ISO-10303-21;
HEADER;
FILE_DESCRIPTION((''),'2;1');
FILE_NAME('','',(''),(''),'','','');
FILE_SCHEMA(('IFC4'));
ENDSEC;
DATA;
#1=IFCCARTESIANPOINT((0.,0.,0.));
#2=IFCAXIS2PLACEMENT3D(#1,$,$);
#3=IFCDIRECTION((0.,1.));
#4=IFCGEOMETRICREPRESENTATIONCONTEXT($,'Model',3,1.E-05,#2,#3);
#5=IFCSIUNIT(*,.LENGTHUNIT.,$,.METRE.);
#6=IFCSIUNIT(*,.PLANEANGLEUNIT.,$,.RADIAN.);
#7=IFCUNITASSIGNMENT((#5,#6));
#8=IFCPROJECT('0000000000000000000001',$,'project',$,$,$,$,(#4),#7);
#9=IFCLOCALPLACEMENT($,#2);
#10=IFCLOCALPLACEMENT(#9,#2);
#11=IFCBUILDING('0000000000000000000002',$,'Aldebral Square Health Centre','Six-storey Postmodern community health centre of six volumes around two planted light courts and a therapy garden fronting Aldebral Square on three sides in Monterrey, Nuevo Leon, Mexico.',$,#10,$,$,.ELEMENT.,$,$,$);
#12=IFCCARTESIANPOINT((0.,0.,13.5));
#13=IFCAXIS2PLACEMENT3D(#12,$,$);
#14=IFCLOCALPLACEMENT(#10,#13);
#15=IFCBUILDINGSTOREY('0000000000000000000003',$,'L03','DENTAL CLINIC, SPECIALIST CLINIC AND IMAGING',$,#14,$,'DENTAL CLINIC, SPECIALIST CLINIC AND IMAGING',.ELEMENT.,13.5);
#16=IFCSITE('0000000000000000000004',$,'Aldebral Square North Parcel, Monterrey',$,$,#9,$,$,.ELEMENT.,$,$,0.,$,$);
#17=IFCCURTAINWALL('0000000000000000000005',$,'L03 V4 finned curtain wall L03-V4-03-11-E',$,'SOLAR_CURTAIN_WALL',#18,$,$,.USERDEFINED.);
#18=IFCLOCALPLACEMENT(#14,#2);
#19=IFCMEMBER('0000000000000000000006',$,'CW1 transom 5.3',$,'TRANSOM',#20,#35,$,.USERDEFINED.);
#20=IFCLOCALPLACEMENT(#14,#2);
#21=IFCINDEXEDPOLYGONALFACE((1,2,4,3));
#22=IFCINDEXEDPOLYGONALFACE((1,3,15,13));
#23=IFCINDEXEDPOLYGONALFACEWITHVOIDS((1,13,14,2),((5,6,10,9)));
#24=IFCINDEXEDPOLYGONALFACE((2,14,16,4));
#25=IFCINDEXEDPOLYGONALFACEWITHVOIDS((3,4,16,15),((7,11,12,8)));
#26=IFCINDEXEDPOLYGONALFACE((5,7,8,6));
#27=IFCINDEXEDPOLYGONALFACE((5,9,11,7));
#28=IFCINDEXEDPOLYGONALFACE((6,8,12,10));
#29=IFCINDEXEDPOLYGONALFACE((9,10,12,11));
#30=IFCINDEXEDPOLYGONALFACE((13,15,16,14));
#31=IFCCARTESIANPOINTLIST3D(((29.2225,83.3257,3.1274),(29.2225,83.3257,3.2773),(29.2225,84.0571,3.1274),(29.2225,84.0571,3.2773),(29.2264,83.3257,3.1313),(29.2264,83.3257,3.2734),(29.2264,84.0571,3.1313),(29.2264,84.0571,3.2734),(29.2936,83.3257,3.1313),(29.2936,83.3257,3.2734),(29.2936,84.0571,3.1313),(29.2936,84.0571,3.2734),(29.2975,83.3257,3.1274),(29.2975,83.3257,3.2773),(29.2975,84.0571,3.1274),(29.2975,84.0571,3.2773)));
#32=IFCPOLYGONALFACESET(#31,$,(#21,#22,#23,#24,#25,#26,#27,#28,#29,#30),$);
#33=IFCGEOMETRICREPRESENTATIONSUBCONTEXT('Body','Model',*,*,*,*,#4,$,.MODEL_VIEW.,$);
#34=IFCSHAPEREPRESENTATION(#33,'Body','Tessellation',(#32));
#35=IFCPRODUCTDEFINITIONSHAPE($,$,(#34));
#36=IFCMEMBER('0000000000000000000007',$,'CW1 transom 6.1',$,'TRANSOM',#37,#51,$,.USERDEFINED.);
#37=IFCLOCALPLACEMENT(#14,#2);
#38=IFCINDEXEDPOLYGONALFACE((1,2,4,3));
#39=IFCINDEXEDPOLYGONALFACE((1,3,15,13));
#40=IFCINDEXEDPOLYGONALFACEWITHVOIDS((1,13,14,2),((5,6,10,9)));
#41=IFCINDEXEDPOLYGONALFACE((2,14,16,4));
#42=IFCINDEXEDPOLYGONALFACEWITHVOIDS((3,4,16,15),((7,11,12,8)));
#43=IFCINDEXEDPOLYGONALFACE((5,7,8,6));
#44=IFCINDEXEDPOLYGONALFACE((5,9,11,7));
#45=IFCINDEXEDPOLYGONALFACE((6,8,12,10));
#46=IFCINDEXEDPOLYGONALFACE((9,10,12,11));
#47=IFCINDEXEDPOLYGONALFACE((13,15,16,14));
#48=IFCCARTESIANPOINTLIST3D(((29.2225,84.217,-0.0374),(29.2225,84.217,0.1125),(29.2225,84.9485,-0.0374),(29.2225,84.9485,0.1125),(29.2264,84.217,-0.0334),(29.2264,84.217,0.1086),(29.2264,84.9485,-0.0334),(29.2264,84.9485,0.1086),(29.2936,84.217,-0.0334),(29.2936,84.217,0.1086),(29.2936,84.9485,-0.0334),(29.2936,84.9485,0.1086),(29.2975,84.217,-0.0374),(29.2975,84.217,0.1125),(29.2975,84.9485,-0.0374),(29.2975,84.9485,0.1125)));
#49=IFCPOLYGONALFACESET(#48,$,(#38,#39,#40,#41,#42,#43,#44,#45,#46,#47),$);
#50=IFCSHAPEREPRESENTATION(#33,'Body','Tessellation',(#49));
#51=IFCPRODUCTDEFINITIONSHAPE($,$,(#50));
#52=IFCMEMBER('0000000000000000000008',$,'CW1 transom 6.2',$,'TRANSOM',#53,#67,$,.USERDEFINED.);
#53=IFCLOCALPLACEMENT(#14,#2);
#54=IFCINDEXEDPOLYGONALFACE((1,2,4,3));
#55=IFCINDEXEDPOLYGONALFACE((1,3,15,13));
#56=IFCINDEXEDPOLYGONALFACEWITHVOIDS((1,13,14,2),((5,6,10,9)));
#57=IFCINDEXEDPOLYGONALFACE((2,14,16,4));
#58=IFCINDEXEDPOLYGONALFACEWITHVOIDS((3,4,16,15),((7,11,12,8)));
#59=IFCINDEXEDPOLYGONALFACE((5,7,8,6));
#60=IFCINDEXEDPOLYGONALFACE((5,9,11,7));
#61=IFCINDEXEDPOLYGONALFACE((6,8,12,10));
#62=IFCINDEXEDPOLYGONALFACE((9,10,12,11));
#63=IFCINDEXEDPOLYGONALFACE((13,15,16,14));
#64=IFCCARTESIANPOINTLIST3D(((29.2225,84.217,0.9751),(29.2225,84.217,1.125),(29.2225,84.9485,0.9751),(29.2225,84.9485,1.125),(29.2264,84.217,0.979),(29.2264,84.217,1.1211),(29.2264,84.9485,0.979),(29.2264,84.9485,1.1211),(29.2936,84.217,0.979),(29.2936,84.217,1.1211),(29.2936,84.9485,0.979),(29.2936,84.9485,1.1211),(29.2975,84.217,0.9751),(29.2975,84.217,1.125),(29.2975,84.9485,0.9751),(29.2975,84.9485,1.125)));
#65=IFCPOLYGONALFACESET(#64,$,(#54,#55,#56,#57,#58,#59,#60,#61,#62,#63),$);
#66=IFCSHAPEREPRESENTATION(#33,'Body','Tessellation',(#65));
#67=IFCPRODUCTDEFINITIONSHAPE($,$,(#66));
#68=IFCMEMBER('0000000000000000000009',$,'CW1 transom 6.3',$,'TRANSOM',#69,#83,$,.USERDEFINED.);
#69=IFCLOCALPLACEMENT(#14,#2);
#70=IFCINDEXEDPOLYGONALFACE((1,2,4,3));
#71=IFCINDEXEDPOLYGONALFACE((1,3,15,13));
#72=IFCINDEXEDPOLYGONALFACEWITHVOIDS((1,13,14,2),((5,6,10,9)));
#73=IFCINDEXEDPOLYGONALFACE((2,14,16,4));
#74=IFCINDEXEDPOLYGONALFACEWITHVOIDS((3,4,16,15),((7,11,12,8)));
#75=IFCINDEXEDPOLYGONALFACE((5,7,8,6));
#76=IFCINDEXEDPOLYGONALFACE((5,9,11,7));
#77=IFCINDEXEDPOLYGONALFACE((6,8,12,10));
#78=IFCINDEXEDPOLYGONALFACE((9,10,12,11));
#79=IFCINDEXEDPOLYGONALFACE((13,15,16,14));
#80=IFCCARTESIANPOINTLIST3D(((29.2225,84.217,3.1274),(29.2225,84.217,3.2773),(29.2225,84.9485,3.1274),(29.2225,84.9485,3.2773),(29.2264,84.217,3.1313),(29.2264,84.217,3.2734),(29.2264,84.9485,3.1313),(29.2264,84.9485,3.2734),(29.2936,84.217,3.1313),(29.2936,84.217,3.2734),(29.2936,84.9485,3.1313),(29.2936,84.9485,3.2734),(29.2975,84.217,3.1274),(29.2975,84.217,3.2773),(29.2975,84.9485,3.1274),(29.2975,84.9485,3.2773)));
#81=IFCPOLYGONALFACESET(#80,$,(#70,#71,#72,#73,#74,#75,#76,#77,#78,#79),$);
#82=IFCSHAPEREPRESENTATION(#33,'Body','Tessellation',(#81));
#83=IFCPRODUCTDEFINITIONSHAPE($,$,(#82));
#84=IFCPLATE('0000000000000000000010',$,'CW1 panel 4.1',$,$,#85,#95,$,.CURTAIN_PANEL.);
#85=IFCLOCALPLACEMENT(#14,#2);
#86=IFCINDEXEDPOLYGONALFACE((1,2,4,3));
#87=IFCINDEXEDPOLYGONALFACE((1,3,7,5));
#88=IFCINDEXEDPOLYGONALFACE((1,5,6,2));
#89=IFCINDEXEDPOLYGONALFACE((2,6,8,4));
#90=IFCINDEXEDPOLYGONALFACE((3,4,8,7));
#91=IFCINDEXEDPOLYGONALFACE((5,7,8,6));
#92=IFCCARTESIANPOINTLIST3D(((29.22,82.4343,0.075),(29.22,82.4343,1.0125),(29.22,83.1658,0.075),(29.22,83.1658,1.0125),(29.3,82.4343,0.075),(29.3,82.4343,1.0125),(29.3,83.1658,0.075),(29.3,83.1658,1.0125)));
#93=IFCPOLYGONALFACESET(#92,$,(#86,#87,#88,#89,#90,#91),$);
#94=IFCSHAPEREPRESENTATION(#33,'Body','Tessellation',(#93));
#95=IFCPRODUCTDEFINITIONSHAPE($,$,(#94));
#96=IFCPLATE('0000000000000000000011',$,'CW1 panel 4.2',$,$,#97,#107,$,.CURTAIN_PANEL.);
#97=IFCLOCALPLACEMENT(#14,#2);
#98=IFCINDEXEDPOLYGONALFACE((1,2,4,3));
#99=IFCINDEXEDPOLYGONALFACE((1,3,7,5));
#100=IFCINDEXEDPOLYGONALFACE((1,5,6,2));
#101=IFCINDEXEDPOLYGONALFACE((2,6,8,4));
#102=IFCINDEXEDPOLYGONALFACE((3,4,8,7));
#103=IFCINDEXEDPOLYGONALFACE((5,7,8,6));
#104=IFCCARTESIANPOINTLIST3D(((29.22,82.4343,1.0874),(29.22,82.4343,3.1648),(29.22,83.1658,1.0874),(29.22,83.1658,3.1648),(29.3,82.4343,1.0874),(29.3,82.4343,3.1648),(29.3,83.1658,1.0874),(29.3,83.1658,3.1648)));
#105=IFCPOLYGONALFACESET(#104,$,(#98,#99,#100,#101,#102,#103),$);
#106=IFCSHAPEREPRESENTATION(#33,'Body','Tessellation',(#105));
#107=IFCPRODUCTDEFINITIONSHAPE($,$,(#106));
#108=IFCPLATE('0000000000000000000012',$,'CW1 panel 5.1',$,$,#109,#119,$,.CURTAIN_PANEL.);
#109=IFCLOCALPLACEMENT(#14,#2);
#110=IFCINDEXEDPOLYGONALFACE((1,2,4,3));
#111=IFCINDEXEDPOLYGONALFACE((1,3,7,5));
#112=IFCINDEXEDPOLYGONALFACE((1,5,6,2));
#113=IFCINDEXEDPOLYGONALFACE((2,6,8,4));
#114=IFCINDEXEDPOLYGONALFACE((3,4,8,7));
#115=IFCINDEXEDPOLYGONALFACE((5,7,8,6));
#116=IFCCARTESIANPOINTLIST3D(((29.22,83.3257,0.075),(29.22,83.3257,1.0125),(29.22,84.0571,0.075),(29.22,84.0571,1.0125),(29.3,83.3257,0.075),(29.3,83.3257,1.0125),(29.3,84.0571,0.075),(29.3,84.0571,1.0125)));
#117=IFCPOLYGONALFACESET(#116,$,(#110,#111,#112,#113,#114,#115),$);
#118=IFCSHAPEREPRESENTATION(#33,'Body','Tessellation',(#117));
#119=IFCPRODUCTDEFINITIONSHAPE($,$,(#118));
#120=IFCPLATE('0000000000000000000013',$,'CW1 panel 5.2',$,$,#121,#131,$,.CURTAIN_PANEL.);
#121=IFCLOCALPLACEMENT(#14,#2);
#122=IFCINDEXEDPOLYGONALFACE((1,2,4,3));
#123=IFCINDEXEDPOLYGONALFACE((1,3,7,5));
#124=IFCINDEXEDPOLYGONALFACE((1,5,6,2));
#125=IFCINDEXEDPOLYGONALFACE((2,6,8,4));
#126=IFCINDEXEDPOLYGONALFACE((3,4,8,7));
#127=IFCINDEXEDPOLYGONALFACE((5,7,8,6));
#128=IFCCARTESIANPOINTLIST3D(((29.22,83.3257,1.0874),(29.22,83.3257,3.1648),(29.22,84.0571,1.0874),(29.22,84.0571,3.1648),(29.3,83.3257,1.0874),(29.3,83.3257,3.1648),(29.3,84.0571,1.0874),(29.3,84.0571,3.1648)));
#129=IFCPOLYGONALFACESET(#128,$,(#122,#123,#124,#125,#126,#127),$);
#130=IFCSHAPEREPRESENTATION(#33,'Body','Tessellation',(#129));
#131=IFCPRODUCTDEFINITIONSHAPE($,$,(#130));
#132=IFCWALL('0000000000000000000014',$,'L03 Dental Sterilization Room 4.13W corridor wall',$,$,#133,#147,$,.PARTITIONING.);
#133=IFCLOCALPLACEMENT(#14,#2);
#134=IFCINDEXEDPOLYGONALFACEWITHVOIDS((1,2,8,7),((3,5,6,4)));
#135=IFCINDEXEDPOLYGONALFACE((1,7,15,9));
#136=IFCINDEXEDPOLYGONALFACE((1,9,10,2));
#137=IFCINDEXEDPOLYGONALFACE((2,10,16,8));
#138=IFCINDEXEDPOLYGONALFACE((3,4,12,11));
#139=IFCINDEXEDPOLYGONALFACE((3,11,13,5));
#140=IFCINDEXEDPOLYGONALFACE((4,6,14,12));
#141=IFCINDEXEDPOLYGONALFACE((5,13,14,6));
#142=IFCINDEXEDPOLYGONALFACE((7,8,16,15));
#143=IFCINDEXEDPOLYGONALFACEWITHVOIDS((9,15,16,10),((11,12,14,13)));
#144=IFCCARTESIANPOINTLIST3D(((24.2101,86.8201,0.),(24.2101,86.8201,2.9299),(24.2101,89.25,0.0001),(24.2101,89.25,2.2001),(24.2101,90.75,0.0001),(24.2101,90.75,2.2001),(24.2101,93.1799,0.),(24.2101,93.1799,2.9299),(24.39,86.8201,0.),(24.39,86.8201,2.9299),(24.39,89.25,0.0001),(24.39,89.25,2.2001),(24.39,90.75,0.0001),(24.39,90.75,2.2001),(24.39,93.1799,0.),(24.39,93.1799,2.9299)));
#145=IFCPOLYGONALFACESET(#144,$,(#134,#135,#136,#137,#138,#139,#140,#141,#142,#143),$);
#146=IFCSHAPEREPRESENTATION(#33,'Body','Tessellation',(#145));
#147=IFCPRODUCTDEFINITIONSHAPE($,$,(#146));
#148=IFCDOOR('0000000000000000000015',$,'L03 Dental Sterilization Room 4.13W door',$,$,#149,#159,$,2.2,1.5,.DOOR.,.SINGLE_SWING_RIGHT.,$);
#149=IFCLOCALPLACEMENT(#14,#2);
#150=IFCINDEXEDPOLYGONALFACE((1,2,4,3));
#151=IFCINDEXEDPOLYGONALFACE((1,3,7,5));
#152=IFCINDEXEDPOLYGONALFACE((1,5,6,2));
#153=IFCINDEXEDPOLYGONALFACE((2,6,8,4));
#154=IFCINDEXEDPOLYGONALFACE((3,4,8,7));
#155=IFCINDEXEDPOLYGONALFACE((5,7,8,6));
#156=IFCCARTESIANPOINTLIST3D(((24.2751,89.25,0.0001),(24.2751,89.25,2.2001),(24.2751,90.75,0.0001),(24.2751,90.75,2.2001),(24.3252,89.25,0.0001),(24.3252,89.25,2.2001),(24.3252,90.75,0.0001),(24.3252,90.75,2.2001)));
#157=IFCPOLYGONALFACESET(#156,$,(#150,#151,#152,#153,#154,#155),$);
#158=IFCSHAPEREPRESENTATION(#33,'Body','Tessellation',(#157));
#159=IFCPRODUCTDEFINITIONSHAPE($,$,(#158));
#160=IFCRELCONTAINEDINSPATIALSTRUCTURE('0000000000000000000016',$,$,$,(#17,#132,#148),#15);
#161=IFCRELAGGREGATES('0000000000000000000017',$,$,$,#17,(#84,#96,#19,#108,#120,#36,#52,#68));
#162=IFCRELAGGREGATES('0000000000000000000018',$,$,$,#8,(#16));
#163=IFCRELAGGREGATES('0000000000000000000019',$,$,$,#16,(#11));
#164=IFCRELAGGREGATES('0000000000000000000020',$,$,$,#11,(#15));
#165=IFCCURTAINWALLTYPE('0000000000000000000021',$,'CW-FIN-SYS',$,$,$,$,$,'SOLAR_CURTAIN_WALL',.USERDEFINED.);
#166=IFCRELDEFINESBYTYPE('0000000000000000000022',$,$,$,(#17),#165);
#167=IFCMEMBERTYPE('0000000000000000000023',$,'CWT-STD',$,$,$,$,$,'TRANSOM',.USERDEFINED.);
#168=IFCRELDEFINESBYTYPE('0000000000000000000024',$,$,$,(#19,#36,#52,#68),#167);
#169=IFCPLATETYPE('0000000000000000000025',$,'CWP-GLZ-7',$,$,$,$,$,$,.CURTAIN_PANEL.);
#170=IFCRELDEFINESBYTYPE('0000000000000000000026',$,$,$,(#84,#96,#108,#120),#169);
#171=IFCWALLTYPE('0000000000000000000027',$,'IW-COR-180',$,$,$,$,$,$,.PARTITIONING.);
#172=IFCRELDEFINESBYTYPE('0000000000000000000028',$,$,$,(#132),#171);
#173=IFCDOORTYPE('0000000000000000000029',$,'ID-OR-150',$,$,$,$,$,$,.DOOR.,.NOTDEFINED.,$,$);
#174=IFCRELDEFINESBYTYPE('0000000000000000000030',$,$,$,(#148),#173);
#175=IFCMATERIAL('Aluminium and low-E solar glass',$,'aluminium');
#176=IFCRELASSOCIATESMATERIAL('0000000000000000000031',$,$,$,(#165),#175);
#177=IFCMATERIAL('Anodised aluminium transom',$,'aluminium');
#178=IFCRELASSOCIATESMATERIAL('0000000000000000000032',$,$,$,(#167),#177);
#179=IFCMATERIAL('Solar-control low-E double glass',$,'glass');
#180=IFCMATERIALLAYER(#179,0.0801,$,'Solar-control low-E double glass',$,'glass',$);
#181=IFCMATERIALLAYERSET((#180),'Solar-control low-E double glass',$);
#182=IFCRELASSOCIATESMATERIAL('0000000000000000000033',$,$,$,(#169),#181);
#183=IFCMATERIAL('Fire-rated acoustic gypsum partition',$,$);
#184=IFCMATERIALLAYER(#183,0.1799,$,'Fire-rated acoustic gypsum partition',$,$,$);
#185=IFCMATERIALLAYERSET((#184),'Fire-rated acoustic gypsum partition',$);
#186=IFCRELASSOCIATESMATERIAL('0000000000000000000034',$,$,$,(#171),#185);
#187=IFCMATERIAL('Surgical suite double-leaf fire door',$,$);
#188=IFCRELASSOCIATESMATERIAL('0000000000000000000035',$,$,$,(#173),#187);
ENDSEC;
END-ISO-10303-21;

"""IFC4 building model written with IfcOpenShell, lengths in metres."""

from ifc_helpers import new_model, si_unit, direction, frame, frame_2d, origin, origin_2d, place, context, subcontext, project, spatial, rectangle, hollow_rectangle, extrude, material, layer, layer_set, material_profile, profile_set, type_object, element, fill, aggregate, save


model = new_model("IFC4")

# Units and contexts
model_context = context("Model", 3, precision=1e-05, world=origin(), true_north=direction((0.0, 1.0)))
body_context = subcontext(model_context, "Body", "Model", "MODEL_VIEW")
ifc_project = project(units=[si_unit("LENGTHUNIT", "METRE"), si_unit("PLANEANGLEUNIT", "RADIAN")], contexts=[model_context])

# Site, building, storey
site_placement = place(None, origin())
site = spatial("IfcSite", under=ifc_project, at=site_placement, Name="Aldebral Square North Parcel, Monterrey", CompositionType="ELEMENT", RefElevation=0.0)
building_placement = place(site_placement, origin())
building = spatial("IfcBuilding", under=site, at=building_placement, Name="Aldebral Square Health Centre", Description="Six-storey Postmodern community health centre of six volumes around two planted light courts and a therapy garden fronting Aldebral Square on three sides in Monterrey, Nuevo Leon, Mexico.", CompositionType="ELEMENT")
storey_placement = place(building_placement, frame((0.0, 0.0, 13.5)))
storey = spatial("IfcBuildingStorey", under=building, at=storey_placement, Name="L03", Description="DENTAL CLINIC, SPECIALIST CLINIC AND IMAGING", LongName="DENTAL CLINIC, SPECIALIST CLINIC AND IMAGING", CompositionType="ELEMENT", Elevation=13.5)

# Curtain wall, members, plates
ifc_material_1 = material(Name="Aluminium and low-E solar glass", Category="aluminium")
curtain_wall_type = type_object("IfcCurtainWallType", Name="CW-FIN-SYS", ElementType="SOLAR_CURTAIN_WALL", PredefinedType="USERDEFINED", material=ifc_material_1)
curtain_wall_placement = place(storey_placement, origin())
curtain_wall = element("IfcCurtainWall", 1, at=curtain_wall_placement, inside=storey, type_object=curtain_wall_type, Name="L03 V4 finned curtain wall L03-V4-03-11-E", ObjectType="SOLAR_CURTAIN_WALL", PredefinedType="USERDEFINED")
ifc_material_2 = material(Name="Anodised aluminium transom", Category="aluminium")
ifc_material_profile_1 = material_profile(ifc_material_2, hollow_rectangle(XDim=0.075, YDim=0.1499, WallThickness=0.0039, at=origin_2d()), Name="CWT 75x150x4")
ifc_profile_set_1 = profile_set([ifc_material_profile_1], Name="Anodised aluminium transom")
member_type_1 = type_object("IfcMemberType", Name="CWT-STD", ElementType="TRANSOM", PredefinedType="USERDEFINED", material=ifc_profile_set_1)
member_1_placement = place(storey_placement, frame((29.26, 83.3257, 3.2024), z_axis=(0.0, 1.0, 0.0), x_axis=(-1.0, 0.0, 0.0)))
member_1 = element("IfcMember", 2, at=member_1_placement, type_object=member_type_1, Name="CW1 transom 5.3", ObjectType="TRANSOM", PredefinedType="USERDEFINED", context=body_context, shape_type="SweptSolid", body=[
    extrude(hollow_rectangle(XDim=0.075, YDim=0.1499, WallThickness=0.0039, at=origin_2d()), origin(), (0.0, 0.0, 1.0), 0.7314),
])
member_2_placement = place(storey_placement, frame((29.26, 84.217, 0.0376), z_axis=(0.0, 1.0, 0.0), x_axis=(-1.0, 0.0, 0.0)))
member_2 = element("IfcMember", 3, at=member_2_placement, type_object=member_type_1, Name="CW1 transom 6.1", ObjectType="TRANSOM", PredefinedType="USERDEFINED", context=body_context, shape_type="SweptSolid", body=[
    extrude(hollow_rectangle(XDim=0.075, YDim=0.1499, WallThickness=0.0039, at=origin_2d()), origin(), (0.0, 0.0, 1.0), 0.7314),
])
member_3_placement = place(storey_placement, frame((29.26, 84.217, 1.05), z_axis=(0.0, 1.0, 0.0), x_axis=(-1.0, 0.0, 0.0)))
member_3 = element("IfcMember", 4, at=member_3_placement, type_object=member_type_1, Name="CW1 transom 6.2", ObjectType="TRANSOM", PredefinedType="USERDEFINED", context=body_context, shape_type="SweptSolid", body=[
    extrude(hollow_rectangle(XDim=0.075, YDim=0.1499, WallThickness=0.0039, at=origin_2d()), origin(), (0.0, 0.0, 1.0), 0.7314),
])
member_4_placement = place(storey_placement, frame((29.26, 84.217, 3.2024), z_axis=(0.0, 1.0, 0.0), x_axis=(-1.0, 0.0, 0.0)))
member_4 = element("IfcMember", 5, at=member_4_placement, type_object=member_type_1, Name="CW1 transom 6.3", ObjectType="TRANSOM", PredefinedType="USERDEFINED", context=body_context, shape_type="SweptSolid", body=[
    extrude(hollow_rectangle(XDim=0.075, YDim=0.1499, WallThickness=0.0039, at=origin_2d()), origin(), (0.0, 0.0, 1.0), 0.7314),
])
ifc_material_3 = material(Name="Solar-control low-E double glass", Category="glass")
ifc_layer_1 = layer(ifc_material_3, 0.0801, Name="Solar-control low-E double glass", Category="glass")
ifc_layer_set_1 = layer_set([ifc_layer_1], Name="Solar-control low-E double glass")
plate_type = type_object("IfcPlateType", Name="CWP-GLZ-7", PredefinedType="CURTAIN_PANEL", material=ifc_layer_set_1)
plate_1_placement = place(storey_placement, frame((29.26, 82.8, 0.075), z_axis=(0.0, 0.0, 1.0), x_axis=(0.0, 1.0, 0.0)))
plate_1 = element("IfcPlate", 6, at=plate_1_placement, type_object=plate_type, Name="CW1 panel 4.1", PredefinedType="CURTAIN_PANEL", context=body_context, shape_type="SweptSolid", body=[
    extrude(rectangle(XDim=0.7314, YDim=0.0801, at=origin_2d()), origin(), (0.0, 0.0, 1.0), 0.9375),
])
plate_2_placement = place(storey_placement, frame((29.26, 82.8, 1.0874), z_axis=(0.0, 0.0, 1.0), x_axis=(0.0, 1.0, 0.0)))
plate_2 = element("IfcPlate", 7, at=plate_2_placement, type_object=plate_type, Name="CW1 panel 4.2", PredefinedType="CURTAIN_PANEL", context=body_context, shape_type="SweptSolid", body=[
    extrude(rectangle(XDim=0.7314, YDim=0.0801, at=origin_2d()), origin(), (0.0, 0.0, 1.0), 2.0774),
])
plate_3_placement = place(storey_placement, frame((29.26, 83.6914, 0.075), z_axis=(0.0, 0.0, 1.0), x_axis=(0.0, 1.0, 0.0)))
plate_3 = element("IfcPlate", 8, at=plate_3_placement, type_object=plate_type, Name="CW1 panel 5.1", PredefinedType="CURTAIN_PANEL", context=body_context, shape_type="SweptSolid", body=[
    extrude(rectangle(XDim=0.7314, YDim=0.0801, at=origin_2d()), origin(), (0.0, 0.0, 1.0), 0.9375),
])
plate_4_placement = place(storey_placement, frame((29.26, 83.6914, 1.0874), z_axis=(0.0, 0.0, 1.0), x_axis=(0.0, 1.0, 0.0)))
plate_4 = element("IfcPlate", 9, at=plate_4_placement, type_object=plate_type, Name="CW1 panel 5.2", PredefinedType="CURTAIN_PANEL", context=body_context, shape_type="SweptSolid", body=[
    extrude(rectangle(XDim=0.7314, YDim=0.0801, at=origin_2d()), origin(), (0.0, 0.0, 1.0), 2.0774),
])
aggregate(curtain_wall, [plate_1, plate_2, member_1, plate_3, plate_4, member_2, member_3, member_4])

# Wall, opening, door
ifc_material_4 = material(Name="Fire-rated acoustic gypsum partition")
ifc_layer_2 = layer(ifc_material_4, 0.1799, Name="Fire-rated acoustic gypsum partition")
ifc_layer_set_2 = layer_set([ifc_layer_2], Name="Fire-rated acoustic gypsum partition")
wall_type_1 = type_object("IfcWallType", Name="IW-COR-180", PredefinedType="PARTITIONING", material=ifc_layer_set_2)
wall_1_placement = place(storey_placement, frame((24.3, 86.8201, 0.0), z_axis=(0.0, 0.0, 1.0), x_axis=(0.0, 1.0, 0.0)))
wall_1 = element("IfcWall", 10, at=wall_1_placement, inside=storey, type_object=wall_type_1, Name="L03 Dental Sterilization Room 4.13W corridor wall", PredefinedType="PARTITIONING", context=body_context, shape_type="SweptSolid", body=[
    extrude(rectangle(XDim=6.3599, YDim=0.1799, at=frame_2d((3.1799, 0.0))), origin(), (0.0, 0.0, 1.0), 2.9299),
])
opening_1_placement = place(wall_1_placement, frame((2.4299, 0.0, 0.0)))
opening_1 = element("IfcOpeningElement", 11, at=opening_1_placement, cuts=wall_1, PredefinedType="OPENING", context=body_context, shape_type="SweptSolid", body=[
    extrude(rectangle(XDim=1.5, YDim=2.2, at=frame_2d((0.75, 1.1001))), frame((0.0, 0.1001, 0.0), z_axis=(0.0, -1.0, 0.0), x_axis=(1.0, 0.0, 0.0)), (0.0, 0.0, 1.0), 0.2),
])
ifc_material_5 = material(Name="Surgical suite double-leaf fire door")
door_type_1 = type_object("IfcDoorType", Name="ID-OR-150", OperationType="NOTDEFINED", PredefinedType="DOOR", material=ifc_material_5)
door_1_placement = place(opening_1_placement, origin())
door_1 = element("IfcDoor", 12, at=door_1_placement, inside=storey, type_object=door_type_1, Name="L03 Dental Sterilization Room 4.13W door", OperationType="SINGLE_SWING_RIGHT", OverallHeight=2.2, OverallWidth=1.5, PredefinedType="DOOR", context=body_context, shape_type="SweptSolid", body=[
    extrude(rectangle(XDim=1.5, YDim=2.2, at=frame_2d((0.75, 1.1001))), frame((0.0, 0.0249, 0.0), z_axis=(0.0, -1.0, 0.0), x_axis=(1.0, 0.0, 0.0)), (0.0, 0.0, 1.0), 0.05),
])
fill(opening_1, door_1)

save(model, "model.ifc")
